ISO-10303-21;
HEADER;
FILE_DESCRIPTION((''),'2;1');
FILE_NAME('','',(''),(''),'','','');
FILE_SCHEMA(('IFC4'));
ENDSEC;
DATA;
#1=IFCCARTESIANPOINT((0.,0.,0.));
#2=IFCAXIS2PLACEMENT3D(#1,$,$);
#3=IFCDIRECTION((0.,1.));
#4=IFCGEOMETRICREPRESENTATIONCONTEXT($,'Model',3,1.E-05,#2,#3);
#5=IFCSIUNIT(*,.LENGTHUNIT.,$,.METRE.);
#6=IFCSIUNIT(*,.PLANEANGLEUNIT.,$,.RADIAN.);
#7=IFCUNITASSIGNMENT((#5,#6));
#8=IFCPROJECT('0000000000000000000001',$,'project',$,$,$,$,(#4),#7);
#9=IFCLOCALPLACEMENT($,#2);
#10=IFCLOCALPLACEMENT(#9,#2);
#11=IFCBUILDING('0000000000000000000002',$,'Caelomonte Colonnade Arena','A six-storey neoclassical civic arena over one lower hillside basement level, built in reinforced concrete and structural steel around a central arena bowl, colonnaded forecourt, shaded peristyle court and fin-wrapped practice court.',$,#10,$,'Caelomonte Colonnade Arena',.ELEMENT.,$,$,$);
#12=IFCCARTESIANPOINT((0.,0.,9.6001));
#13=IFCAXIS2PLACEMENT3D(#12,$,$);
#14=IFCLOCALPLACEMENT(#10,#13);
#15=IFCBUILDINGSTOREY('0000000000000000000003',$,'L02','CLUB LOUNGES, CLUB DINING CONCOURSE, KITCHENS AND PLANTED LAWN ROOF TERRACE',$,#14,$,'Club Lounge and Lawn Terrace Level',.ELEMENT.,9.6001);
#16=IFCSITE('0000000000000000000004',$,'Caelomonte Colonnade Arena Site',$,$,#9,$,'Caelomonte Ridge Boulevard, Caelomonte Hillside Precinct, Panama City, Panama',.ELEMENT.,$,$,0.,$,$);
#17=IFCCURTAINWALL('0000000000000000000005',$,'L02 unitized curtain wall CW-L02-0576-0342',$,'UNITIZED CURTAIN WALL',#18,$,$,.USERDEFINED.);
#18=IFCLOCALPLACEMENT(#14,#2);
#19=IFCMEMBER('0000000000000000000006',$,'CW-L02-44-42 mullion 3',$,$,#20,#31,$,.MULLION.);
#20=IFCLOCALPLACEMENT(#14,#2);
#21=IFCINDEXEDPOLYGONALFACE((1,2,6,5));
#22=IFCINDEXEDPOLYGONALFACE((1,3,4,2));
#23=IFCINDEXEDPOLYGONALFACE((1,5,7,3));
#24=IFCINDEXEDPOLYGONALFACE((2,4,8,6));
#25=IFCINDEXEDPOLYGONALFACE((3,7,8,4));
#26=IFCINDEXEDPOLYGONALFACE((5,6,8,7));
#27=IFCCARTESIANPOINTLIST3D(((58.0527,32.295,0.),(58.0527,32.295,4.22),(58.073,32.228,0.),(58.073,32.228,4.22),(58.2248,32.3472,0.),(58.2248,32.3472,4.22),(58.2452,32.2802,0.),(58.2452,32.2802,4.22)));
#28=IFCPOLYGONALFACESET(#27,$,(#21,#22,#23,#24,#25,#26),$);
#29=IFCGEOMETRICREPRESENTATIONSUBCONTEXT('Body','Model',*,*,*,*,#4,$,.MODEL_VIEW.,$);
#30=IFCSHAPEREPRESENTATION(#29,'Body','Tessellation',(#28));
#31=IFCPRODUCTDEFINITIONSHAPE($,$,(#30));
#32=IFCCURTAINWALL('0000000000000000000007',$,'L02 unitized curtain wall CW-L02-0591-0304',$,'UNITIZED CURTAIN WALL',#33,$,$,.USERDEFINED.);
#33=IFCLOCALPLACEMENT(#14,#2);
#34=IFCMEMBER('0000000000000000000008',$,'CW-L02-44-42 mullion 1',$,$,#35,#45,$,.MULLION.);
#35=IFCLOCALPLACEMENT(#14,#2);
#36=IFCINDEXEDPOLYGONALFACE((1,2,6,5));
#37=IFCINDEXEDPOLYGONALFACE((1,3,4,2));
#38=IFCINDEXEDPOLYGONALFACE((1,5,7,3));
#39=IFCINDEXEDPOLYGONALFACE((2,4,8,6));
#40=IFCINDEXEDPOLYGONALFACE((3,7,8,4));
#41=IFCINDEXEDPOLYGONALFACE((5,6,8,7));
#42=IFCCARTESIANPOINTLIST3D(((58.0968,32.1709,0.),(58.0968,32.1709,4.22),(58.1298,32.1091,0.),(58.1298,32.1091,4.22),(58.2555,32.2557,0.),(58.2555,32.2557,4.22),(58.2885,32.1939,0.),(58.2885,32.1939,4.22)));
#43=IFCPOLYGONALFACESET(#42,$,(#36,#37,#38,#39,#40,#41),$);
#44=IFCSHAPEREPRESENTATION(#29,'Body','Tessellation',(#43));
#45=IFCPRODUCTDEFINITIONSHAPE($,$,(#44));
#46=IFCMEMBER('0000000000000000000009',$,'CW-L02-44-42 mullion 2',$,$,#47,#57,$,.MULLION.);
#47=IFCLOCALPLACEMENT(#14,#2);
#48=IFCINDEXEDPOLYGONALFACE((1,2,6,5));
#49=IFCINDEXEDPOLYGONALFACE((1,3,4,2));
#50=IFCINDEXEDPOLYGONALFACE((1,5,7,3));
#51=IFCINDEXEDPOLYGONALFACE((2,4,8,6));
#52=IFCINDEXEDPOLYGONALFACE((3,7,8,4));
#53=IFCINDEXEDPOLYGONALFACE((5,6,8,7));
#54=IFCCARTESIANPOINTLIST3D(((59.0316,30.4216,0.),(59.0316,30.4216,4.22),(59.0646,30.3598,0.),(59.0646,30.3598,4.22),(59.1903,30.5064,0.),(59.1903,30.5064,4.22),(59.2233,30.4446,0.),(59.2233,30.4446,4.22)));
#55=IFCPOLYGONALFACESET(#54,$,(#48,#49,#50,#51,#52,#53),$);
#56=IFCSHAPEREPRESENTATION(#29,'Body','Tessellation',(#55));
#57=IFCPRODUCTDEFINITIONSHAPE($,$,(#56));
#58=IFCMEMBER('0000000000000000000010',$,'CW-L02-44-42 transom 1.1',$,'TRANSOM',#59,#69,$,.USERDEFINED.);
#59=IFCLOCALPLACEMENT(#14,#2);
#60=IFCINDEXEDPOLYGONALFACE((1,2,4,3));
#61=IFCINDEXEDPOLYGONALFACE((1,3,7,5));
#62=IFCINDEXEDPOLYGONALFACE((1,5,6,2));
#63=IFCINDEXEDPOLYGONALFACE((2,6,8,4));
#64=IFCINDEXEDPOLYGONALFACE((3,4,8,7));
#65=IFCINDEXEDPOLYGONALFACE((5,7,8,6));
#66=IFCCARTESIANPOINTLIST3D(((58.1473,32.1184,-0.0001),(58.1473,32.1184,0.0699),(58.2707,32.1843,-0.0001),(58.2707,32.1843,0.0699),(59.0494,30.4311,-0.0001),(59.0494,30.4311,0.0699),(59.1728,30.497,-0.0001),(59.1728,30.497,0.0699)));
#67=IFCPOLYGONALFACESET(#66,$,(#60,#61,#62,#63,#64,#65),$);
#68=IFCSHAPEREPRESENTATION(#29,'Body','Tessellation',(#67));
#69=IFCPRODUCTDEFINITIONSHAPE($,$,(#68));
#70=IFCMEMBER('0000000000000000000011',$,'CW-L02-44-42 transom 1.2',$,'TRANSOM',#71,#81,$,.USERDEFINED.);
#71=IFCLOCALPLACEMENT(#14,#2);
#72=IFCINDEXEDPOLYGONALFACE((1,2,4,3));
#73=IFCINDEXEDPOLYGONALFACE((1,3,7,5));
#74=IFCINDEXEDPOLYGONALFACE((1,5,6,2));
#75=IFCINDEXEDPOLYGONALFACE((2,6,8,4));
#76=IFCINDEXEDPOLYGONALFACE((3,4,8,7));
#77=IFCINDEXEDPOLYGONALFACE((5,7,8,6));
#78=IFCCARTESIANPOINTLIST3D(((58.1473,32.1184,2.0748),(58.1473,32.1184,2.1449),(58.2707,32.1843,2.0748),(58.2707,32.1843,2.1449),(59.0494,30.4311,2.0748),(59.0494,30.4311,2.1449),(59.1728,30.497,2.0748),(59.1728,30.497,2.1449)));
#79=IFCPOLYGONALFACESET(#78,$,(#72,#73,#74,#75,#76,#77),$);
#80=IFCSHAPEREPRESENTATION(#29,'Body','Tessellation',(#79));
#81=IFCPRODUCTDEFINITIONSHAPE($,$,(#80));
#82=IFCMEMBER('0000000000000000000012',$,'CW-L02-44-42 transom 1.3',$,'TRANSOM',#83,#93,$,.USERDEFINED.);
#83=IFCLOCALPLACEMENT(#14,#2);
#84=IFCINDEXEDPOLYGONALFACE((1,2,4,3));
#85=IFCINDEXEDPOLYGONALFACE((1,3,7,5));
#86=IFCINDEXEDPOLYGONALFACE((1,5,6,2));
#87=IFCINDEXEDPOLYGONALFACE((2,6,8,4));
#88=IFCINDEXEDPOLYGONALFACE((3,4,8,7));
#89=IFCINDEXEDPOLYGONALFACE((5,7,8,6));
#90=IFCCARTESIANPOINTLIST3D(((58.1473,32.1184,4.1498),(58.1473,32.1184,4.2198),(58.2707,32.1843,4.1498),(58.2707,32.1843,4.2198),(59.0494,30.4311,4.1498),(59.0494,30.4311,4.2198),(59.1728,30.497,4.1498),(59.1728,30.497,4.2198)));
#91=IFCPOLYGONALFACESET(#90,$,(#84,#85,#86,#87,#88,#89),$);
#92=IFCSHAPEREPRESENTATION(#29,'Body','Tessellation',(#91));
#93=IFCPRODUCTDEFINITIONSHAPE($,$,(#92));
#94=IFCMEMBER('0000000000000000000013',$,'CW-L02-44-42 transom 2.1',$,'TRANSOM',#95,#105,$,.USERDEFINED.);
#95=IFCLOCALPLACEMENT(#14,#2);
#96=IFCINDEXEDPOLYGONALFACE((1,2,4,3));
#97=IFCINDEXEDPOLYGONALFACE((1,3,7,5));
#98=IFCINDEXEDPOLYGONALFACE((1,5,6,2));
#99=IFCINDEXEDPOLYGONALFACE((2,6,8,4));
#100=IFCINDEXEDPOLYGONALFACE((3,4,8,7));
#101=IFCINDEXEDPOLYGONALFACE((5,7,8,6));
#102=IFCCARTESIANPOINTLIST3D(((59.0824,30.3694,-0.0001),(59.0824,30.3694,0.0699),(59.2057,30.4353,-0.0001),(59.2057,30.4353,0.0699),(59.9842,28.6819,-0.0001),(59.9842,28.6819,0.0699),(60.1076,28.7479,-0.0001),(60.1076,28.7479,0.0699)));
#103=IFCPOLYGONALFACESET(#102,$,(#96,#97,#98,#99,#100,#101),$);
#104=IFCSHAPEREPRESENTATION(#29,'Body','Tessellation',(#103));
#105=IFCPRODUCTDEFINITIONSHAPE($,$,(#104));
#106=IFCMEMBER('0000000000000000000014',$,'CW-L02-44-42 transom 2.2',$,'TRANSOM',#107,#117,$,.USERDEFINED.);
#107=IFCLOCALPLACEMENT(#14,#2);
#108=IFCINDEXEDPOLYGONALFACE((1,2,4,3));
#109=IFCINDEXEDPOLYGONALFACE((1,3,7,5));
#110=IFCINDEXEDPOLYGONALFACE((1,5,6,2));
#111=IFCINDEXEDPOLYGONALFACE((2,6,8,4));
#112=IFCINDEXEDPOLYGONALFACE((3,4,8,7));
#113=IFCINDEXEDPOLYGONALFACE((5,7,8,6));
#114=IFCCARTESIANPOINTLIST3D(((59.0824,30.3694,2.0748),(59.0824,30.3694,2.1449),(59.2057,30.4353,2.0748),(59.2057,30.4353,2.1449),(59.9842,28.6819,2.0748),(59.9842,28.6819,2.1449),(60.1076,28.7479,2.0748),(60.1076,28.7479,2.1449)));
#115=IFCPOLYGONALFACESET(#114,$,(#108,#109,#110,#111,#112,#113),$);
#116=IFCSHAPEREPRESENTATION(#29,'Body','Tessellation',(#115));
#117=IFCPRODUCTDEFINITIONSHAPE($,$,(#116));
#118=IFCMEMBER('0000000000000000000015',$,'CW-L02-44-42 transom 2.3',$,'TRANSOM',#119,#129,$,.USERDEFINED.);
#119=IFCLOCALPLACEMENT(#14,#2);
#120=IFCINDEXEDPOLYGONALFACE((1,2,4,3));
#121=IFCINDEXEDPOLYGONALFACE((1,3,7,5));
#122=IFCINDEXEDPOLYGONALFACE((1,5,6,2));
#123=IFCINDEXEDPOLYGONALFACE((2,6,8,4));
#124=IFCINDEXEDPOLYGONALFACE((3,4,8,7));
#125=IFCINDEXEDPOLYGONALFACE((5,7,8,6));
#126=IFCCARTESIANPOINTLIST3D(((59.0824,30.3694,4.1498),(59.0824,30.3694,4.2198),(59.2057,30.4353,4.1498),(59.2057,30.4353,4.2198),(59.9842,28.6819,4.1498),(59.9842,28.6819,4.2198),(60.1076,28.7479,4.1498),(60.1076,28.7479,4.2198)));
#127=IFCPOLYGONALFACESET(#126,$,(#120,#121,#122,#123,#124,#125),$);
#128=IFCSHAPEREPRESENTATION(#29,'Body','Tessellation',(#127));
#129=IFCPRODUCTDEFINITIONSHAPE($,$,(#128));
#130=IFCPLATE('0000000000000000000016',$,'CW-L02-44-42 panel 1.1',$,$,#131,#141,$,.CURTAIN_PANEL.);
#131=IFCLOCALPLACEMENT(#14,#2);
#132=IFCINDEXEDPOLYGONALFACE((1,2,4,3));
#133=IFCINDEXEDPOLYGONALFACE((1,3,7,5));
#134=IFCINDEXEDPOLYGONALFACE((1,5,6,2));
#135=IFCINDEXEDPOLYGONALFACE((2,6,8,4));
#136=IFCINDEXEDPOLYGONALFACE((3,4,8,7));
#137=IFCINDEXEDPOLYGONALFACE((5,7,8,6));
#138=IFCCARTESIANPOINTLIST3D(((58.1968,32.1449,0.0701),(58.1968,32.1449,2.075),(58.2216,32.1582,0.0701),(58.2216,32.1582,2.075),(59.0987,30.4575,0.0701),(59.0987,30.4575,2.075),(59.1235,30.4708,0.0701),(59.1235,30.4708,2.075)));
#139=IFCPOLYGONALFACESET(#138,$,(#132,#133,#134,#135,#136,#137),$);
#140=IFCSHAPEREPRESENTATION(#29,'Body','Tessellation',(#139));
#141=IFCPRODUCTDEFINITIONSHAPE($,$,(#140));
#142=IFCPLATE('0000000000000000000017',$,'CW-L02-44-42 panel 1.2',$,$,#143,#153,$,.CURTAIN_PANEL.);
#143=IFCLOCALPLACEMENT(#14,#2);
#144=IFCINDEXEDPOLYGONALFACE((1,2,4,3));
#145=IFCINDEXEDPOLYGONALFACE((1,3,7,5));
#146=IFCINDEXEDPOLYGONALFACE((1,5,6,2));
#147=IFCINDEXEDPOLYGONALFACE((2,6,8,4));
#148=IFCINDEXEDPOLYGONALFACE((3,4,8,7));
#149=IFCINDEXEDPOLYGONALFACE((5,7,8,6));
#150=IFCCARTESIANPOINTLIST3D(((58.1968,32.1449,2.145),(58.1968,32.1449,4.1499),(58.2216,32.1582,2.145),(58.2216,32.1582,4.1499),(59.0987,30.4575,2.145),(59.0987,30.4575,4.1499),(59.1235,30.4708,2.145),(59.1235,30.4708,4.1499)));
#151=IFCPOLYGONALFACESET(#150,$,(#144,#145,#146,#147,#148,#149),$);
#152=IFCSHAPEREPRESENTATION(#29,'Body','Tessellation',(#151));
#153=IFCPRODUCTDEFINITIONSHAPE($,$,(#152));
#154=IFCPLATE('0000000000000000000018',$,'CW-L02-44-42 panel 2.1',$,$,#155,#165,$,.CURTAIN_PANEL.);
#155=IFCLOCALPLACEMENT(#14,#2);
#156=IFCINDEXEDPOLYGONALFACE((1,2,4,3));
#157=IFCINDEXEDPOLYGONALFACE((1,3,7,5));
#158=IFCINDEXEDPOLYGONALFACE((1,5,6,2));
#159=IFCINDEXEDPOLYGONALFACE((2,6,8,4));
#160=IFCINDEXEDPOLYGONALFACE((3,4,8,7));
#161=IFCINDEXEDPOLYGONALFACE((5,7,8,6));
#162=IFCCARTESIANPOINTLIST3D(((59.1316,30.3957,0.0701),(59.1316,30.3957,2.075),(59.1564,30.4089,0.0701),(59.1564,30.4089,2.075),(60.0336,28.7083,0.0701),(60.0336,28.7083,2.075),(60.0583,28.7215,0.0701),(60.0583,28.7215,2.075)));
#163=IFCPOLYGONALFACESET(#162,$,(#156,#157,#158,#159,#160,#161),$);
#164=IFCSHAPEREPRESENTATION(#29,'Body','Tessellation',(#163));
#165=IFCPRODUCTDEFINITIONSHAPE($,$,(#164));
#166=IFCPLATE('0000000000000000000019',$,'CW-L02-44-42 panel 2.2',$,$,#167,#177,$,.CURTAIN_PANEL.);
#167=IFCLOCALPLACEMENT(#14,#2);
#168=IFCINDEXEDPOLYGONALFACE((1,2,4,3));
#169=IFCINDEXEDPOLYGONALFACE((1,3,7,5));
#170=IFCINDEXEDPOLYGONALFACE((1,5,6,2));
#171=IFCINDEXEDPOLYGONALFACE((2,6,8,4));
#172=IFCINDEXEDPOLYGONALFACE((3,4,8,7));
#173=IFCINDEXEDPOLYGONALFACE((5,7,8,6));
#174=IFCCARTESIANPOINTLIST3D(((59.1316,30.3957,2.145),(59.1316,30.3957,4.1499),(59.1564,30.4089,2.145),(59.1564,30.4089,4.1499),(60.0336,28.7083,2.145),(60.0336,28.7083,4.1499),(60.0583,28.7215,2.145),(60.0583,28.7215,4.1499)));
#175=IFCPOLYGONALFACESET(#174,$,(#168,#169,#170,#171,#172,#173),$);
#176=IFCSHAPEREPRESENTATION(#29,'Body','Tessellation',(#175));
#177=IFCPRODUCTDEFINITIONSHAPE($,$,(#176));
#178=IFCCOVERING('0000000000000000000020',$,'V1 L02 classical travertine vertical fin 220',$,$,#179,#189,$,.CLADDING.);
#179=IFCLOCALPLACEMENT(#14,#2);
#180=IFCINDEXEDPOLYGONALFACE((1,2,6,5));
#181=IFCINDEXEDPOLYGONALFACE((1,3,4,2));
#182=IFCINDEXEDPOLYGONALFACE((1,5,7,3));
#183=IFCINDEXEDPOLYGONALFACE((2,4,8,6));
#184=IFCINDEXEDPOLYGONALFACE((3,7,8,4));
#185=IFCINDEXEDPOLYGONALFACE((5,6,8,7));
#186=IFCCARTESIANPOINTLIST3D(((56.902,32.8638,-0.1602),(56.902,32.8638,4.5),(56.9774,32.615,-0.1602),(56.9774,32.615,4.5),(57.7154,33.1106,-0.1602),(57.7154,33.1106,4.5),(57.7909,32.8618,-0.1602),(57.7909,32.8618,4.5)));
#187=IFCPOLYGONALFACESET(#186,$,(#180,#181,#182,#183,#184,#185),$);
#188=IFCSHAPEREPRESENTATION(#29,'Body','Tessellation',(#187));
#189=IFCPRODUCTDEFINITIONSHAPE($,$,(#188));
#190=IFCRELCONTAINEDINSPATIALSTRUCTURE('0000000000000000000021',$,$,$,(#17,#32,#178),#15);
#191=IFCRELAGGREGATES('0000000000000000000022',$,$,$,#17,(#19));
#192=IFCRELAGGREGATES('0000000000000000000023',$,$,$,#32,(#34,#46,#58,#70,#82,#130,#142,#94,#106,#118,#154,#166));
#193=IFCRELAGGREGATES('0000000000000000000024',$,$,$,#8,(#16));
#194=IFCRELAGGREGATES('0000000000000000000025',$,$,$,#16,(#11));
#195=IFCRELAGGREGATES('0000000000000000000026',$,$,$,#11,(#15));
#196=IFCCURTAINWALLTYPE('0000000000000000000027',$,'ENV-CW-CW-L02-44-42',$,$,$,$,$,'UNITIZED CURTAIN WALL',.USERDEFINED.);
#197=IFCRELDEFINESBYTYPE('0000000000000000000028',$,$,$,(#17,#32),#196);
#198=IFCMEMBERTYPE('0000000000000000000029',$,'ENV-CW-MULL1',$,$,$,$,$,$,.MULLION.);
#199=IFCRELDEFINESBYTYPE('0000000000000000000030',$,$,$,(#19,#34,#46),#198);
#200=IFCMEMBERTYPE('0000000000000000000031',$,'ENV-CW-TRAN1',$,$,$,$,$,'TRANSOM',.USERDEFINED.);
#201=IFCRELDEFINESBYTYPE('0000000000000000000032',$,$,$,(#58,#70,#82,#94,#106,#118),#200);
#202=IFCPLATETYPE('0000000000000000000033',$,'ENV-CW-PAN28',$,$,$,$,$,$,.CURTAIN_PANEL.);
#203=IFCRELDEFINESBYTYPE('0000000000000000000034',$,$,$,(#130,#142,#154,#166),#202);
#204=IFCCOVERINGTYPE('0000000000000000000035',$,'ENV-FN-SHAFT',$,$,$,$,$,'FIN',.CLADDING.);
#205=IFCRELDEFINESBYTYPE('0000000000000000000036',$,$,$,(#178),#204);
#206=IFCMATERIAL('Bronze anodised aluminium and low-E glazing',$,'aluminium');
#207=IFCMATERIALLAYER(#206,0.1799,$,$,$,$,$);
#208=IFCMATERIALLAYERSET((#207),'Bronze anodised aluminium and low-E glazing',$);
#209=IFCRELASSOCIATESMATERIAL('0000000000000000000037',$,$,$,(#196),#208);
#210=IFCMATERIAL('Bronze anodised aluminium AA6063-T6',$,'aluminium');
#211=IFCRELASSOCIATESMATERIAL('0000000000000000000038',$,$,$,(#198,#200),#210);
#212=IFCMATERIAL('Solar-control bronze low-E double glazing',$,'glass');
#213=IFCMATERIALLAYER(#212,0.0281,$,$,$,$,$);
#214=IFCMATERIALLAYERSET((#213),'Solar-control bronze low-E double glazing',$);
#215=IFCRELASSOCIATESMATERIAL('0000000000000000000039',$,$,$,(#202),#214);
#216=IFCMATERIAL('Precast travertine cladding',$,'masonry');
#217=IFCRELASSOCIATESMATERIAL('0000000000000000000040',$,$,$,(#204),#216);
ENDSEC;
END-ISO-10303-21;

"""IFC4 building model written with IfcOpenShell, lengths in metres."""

from ifc_helpers import new_model, si_unit, direction, frame, origin, origin_2d, place, context, subcontext, project, spatial, rectangle, extrude, material, layer, layer_set, material_profile, profile_set, type_object, element, aggregate, save


model = new_model("IFC4")

# Units and contexts
model_context = context("Model", 3, precision=1e-05, world=origin(), true_north=direction((0.0, 1.0)))
body_context = subcontext(model_context, "Body", "Model", "MODEL_VIEW")
ifc_project = project(units=[si_unit("LENGTHUNIT", "METRE"), si_unit("PLANEANGLEUNIT", "RADIAN")], contexts=[model_context])

# Site, building, storey
site_placement = place(None, origin())
site = spatial("IfcSite", under=ifc_project, at=site_placement, Name="Caelomonte Colonnade Arena Site", LongName="Caelomonte Ridge Boulevard, Caelomonte Hillside Precinct, Panama City, Panama", CompositionType="ELEMENT", RefElevation=0.0)
building_placement = place(site_placement, origin())
building = spatial("IfcBuilding", under=site, at=building_placement, Name="Caelomonte Colonnade Arena", Description="A six-storey neoclassical civic arena over one lower hillside basement level, built in reinforced concrete and structural steel around a central arena bowl, colonnaded forecourt, shaded peristyle court and fin-wrapped practice court.", LongName="Caelomonte Colonnade Arena", CompositionType="ELEMENT")
storey_placement = place(building_placement, frame((0.0, 0.0, 9.6001)))
storey = spatial("IfcBuildingStorey", under=building, at=storey_placement, Name="L02", Description="CLUB LOUNGES, CLUB DINING CONCOURSE, KITCHENS AND PLANTED LAWN ROOF TERRACE", LongName="Club Lounge and Lawn Terrace Level", CompositionType="ELEMENT", Elevation=9.6001)

# Curtain wall, member
ifc_material_1 = material(Name="Bronze anodised aluminium and low-E glazing", Category="aluminium")
ifc_layer_1 = layer(ifc_material_1, 0.1799)
ifc_layer_set_1 = layer_set([ifc_layer_1], Name="Bronze anodised aluminium and low-E glazing")
curtain_wall_type = type_object("IfcCurtainWallType", Name="ENV-CW-CW-L02-44-42", ElementType="UNITIZED CURTAIN WALL", PredefinedType="USERDEFINED", material=ifc_layer_set_1)
curtain_wall_1_placement = place(storey_placement, origin())
curtain_wall_1 = element("IfcCurtainWall", 1, at=curtain_wall_1_placement, inside=storey, type_object=curtain_wall_type, Name="L02 unitized curtain wall CW-L02-0576-0342", ObjectType="UNITIZED CURTAIN WALL", PredefinedType="USERDEFINED")
ifc_material_2 = material(Name="Bronze anodised aluminium AA6063-T6", Category="aluminium")
ifc_material_profile_1 = material_profile(ifc_material_2, rectangle(XDim=0.0701, YDim=0.1799, at=origin_2d()), Name="CWM-70X180")
ifc_profile_set_1 = profile_set([ifc_material_profile_1], Name="Bronze anodised aluminium AA6063-T6")
member_type_1 = type_object("IfcMemberType", Name="ENV-CW-MULL1", PredefinedType="MULLION", material=ifc_profile_set_1)
member_1_placement = place(storey_placement, frame((58.1489, 32.2876, 0.0), z_axis=(0.0, 0.0, 1.0), x_axis=(0.290256, -0.956949, 0.0)))
member_1 = element("IfcMember", 2, at=member_1_placement, type_object=member_type_1, Name="CW-L02-44-42 mullion 3", PredefinedType="MULLION", context=body_context, shape_type="SweptSolid", body=[
    extrude(rectangle(XDim=0.0701, YDim=0.1799, at=origin_2d()), origin(), (0.0, 0.0, 1.0), 4.22),
])
aggregate(curtain_wall_1, [member_1])

# Curtain wall, members, plates
curtain_wall_2_placement = place(storey_placement, origin())
curtain_wall_2 = element("IfcCurtainWall", 3, at=curtain_wall_2_placement, inside=storey, type_object=curtain_wall_type, Name="L02 unitized curtain wall CW-L02-0591-0304", ObjectType="UNITIZED CURTAIN WALL", PredefinedType="USERDEFINED")
member_2_placement = place(storey_placement, frame((58.1926, 32.1824, 0.0), z_axis=(0.0, 0.0, 1.0), x_axis=(0.471394, -0.881923, 0.0)))
member_2 = element("IfcMember", 4, at=member_2_placement, type_object=member_type_1, Name="CW-L02-44-42 mullion 1", PredefinedType="MULLION", context=body_context, shape_type="SweptSolid", body=[
    extrude(rectangle(XDim=0.0701, YDim=0.1799, at=origin_2d()), origin(), (0.0, 0.0, 1.0), 4.22),
])
member_3_placement = place(storey_placement, frame((59.1274, 30.4331, 0.0), z_axis=(0.0, 0.0, 1.0), x_axis=(0.471394, -0.881923, 0.0)))
member_3 = element("IfcMember", 5, at=member_3_placement, type_object=member_type_1, Name="CW-L02-44-42 mullion 2", PredefinedType="MULLION", context=body_context, shape_type="SweptSolid", body=[
    extrude(rectangle(XDim=0.0701, YDim=0.1799, at=origin_2d()), origin(), (0.0, 0.0, 1.0), 4.22),
])
ifc_material_profile_2 = material_profile(ifc_material_2, rectangle(XDim=0.0701, YDim=0.1399, at=origin_2d()), Name="CWT-70X140")
ifc_profile_set_2 = profile_set([ifc_material_profile_2], Name="Bronze anodised aluminium AA6063-T6")
member_type_2 = type_object("IfcMemberType", Name="ENV-CW-TRAN1", ElementType="TRANSOM", PredefinedType="USERDEFINED", material=ifc_profile_set_2)
member_4_placement = place(storey_placement, frame((58.209, 32.1514, 0.0349), z_axis=(0.471495, -0.881869, 0.0), x_axis=(0.0, 0.0, 1.0)))
member_4 = element("IfcMember", 6, at=member_4_placement, type_object=member_type_2, Name="CW-L02-44-42 transom 1.1", ObjectType="TRANSOM", PredefinedType="USERDEFINED", context=body_context, shape_type="SweptSolid", body=[
    extrude(rectangle(XDim=0.0701, YDim=0.1399, at=origin_2d()), origin(), (0.0, 0.0, 1.0), 1.9133),
])
member_5_placement = place(storey_placement, frame((58.209, 32.1514, 2.1099), z_axis=(0.471495, -0.881869, 0.0), x_axis=(0.0, 0.0, 1.0)))
member_5 = element("IfcMember", 7, at=member_5_placement, type_object=member_type_2, Name="CW-L02-44-42 transom 1.2", ObjectType="TRANSOM", PredefinedType="USERDEFINED", context=body_context, shape_type="SweptSolid", body=[
    extrude(rectangle(XDim=0.0701, YDim=0.1399, at=origin_2d()), origin(), (0.0, 0.0, 1.0), 1.9133),
])
member_6_placement = place(storey_placement, frame((58.209, 32.1514, 4.1848), z_axis=(0.471495, -0.881869, 0.0), x_axis=(0.0, 0.0, 1.0)))
member_6 = element("IfcMember", 8, at=member_6_placement, type_object=member_type_2, Name="CW-L02-44-42 transom 1.3", ObjectType="TRANSOM", PredefinedType="USERDEFINED", context=body_context, shape_type="SweptSolid", body=[
    extrude(rectangle(XDim=0.0701, YDim=0.1399, at=origin_2d()), origin(), (0.0, 0.0, 1.0), 1.9133),
])
member_7_placement = place(storey_placement, frame((59.144, 30.4023, 0.0349), z_axis=(0.471343, -0.88195, 0.0), x_axis=(0.0, 0.0, 1.0)))
member_7 = element("IfcMember", 9, at=member_7_placement, type_object=member_type_2, Name="CW-L02-44-42 transom 2.1", ObjectType="TRANSOM", PredefinedType="USERDEFINED", context=body_context, shape_type="SweptSolid", body=[
    extrude(rectangle(XDim=0.0701, YDim=0.1399, at=origin_2d()), origin(), (0.0, 0.0, 1.0), 1.9133),
])
member_8_placement = place(storey_placement, frame((59.144, 30.4023, 2.1099), z_axis=(0.471343, -0.88195, 0.0), x_axis=(0.0, 0.0, 1.0)))
member_8 = element("IfcMember", 10, at=member_8_placement, type_object=member_type_2, Name="CW-L02-44-42 transom 2.2", ObjectType="TRANSOM", PredefinedType="USERDEFINED", context=body_context, shape_type="SweptSolid", body=[
    extrude(rectangle(XDim=0.0701, YDim=0.1399, at=origin_2d()), origin(), (0.0, 0.0, 1.0), 1.9133),
])
member_9_placement = place(storey_placement, frame((59.144, 30.4023, 4.1848), z_axis=(0.471343, -0.88195, 0.0), x_axis=(0.0, 0.0, 1.0)))
member_9 = element("IfcMember", 11, at=member_9_placement, type_object=member_type_2, Name="CW-L02-44-42 transom 2.3", ObjectType="TRANSOM", PredefinedType="USERDEFINED", context=body_context, shape_type="SweptSolid", body=[
    extrude(rectangle(XDim=0.0701, YDim=0.1399, at=origin_2d()), origin(), (0.0, 0.0, 1.0), 1.9133),
])
ifc_material_3 = material(Name="Solar-control bronze low-E double glazing", Category="glass")
ifc_layer_2 = layer(ifc_material_3, 0.0281)
ifc_layer_set_2 = layer_set([ifc_layer_2], Name="Solar-control bronze low-E double glazing")
plate_type = type_object("IfcPlateType", Name="ENV-CW-PAN28", PredefinedType="CURTAIN_PANEL", material=ifc_layer_set_2)
plate_1_placement = place(storey_placement, frame((58.6602, 31.3079, 0.0701), z_axis=(0.0, 0.0, 1.0), x_axis=(0.471394, -0.881923, 0.0)))
plate_1 = element("IfcPlate", 12, at=plate_1_placement, type_object=plate_type, Name="CW-L02-44-42 panel 1.1", PredefinedType="CURTAIN_PANEL", context=body_context, shape_type="SweptSolid", body=[
    extrude(rectangle(XDim=1.9133, YDim=0.0281, at=origin_2d()), origin(), (0.0, 0.0, 1.0), 2.0049),
])
plate_2_placement = place(storey_placement, frame((58.6602, 31.3079, 2.145), z_axis=(0.0, 0.0, 1.0), x_axis=(0.471394, -0.881923, 0.0)))
plate_2 = element("IfcPlate", 13, at=plate_2_placement, type_object=plate_type, Name="CW-L02-44-42 panel 1.2", PredefinedType="CURTAIN_PANEL", context=body_context, shape_type="SweptSolid", body=[
    extrude(rectangle(XDim=1.9133, YDim=0.0281, at=origin_2d()), origin(), (0.0, 0.0, 1.0), 2.0049),
])
plate_3_placement = place(storey_placement, frame((59.595, 29.5586, 0.0701), z_axis=(0.0, 0.0, 1.0), x_axis=(0.471394, -0.881923, 0.0)))
plate_3 = element("IfcPlate", 14, at=plate_3_placement, type_object=plate_type, Name="CW-L02-44-42 panel 2.1", PredefinedType="CURTAIN_PANEL", context=body_context, shape_type="SweptSolid", body=[
    extrude(rectangle(XDim=1.9133, YDim=0.0281, at=origin_2d()), origin(), (0.0, 0.0, 1.0), 2.0049),
])
plate_4_placement = place(storey_placement, frame((59.595, 29.5586, 2.145), z_axis=(0.0, 0.0, 1.0), x_axis=(0.471394, -0.881923, 0.0)))
plate_4 = element("IfcPlate", 15, at=plate_4_placement, type_object=plate_type, Name="CW-L02-44-42 panel 2.2", PredefinedType="CURTAIN_PANEL", context=body_context, shape_type="SweptSolid", body=[
    extrude(rectangle(XDim=1.9133, YDim=0.0281, at=origin_2d()), origin(), (0.0, 0.0, 1.0), 2.0049),
])
aggregate(curtain_wall_2, [member_2, member_3, member_4, member_5, member_6, plate_1, plate_2, member_7, member_8, member_9, plate_3, plate_4])

# Covering
ifc_material_4 = material(Name="Precast travertine cladding", Category="masonry")
ifc_material_profile_3 = material_profile(ifc_material_4, rectangle(XDim=0.26, YDim=0.8501, at=origin_2d()), Name="FIN260X850")
ifc_profile_set_3 = profile_set([ifc_material_profile_3], Name="Precast travertine cladding")
covering_type = type_object("IfcCoveringType", Name="ENV-FN-SHAFT", ElementType="FIN", PredefinedType="CLADDING", material=ifc_profile_set_3)
for number, where, z_axis, x_axis, name in (
    (16, (57.3464, 32.8628, -0.1602), (0.0, 0.0, 1.0), (-0.290276, 0.956943, 0.0), "V1 L02 classical travertine vertical fin 220"),
):
    element("IfcCovering", number, at=place(storey_placement, frame(where, z_axis=z_axis, x_axis=x_axis)), inside=storey, type_object=covering_type, Name=name, PredefinedType="CLADDING", context=body_context, shape_type="SweptSolid", body=[
        extrude(rectangle(XDim=0.26, YDim=0.8501, at=origin_2d()), origin(), (0.0, 0.0, 1.0), 4.6602),
    ])

save(model, "model.ifc")
